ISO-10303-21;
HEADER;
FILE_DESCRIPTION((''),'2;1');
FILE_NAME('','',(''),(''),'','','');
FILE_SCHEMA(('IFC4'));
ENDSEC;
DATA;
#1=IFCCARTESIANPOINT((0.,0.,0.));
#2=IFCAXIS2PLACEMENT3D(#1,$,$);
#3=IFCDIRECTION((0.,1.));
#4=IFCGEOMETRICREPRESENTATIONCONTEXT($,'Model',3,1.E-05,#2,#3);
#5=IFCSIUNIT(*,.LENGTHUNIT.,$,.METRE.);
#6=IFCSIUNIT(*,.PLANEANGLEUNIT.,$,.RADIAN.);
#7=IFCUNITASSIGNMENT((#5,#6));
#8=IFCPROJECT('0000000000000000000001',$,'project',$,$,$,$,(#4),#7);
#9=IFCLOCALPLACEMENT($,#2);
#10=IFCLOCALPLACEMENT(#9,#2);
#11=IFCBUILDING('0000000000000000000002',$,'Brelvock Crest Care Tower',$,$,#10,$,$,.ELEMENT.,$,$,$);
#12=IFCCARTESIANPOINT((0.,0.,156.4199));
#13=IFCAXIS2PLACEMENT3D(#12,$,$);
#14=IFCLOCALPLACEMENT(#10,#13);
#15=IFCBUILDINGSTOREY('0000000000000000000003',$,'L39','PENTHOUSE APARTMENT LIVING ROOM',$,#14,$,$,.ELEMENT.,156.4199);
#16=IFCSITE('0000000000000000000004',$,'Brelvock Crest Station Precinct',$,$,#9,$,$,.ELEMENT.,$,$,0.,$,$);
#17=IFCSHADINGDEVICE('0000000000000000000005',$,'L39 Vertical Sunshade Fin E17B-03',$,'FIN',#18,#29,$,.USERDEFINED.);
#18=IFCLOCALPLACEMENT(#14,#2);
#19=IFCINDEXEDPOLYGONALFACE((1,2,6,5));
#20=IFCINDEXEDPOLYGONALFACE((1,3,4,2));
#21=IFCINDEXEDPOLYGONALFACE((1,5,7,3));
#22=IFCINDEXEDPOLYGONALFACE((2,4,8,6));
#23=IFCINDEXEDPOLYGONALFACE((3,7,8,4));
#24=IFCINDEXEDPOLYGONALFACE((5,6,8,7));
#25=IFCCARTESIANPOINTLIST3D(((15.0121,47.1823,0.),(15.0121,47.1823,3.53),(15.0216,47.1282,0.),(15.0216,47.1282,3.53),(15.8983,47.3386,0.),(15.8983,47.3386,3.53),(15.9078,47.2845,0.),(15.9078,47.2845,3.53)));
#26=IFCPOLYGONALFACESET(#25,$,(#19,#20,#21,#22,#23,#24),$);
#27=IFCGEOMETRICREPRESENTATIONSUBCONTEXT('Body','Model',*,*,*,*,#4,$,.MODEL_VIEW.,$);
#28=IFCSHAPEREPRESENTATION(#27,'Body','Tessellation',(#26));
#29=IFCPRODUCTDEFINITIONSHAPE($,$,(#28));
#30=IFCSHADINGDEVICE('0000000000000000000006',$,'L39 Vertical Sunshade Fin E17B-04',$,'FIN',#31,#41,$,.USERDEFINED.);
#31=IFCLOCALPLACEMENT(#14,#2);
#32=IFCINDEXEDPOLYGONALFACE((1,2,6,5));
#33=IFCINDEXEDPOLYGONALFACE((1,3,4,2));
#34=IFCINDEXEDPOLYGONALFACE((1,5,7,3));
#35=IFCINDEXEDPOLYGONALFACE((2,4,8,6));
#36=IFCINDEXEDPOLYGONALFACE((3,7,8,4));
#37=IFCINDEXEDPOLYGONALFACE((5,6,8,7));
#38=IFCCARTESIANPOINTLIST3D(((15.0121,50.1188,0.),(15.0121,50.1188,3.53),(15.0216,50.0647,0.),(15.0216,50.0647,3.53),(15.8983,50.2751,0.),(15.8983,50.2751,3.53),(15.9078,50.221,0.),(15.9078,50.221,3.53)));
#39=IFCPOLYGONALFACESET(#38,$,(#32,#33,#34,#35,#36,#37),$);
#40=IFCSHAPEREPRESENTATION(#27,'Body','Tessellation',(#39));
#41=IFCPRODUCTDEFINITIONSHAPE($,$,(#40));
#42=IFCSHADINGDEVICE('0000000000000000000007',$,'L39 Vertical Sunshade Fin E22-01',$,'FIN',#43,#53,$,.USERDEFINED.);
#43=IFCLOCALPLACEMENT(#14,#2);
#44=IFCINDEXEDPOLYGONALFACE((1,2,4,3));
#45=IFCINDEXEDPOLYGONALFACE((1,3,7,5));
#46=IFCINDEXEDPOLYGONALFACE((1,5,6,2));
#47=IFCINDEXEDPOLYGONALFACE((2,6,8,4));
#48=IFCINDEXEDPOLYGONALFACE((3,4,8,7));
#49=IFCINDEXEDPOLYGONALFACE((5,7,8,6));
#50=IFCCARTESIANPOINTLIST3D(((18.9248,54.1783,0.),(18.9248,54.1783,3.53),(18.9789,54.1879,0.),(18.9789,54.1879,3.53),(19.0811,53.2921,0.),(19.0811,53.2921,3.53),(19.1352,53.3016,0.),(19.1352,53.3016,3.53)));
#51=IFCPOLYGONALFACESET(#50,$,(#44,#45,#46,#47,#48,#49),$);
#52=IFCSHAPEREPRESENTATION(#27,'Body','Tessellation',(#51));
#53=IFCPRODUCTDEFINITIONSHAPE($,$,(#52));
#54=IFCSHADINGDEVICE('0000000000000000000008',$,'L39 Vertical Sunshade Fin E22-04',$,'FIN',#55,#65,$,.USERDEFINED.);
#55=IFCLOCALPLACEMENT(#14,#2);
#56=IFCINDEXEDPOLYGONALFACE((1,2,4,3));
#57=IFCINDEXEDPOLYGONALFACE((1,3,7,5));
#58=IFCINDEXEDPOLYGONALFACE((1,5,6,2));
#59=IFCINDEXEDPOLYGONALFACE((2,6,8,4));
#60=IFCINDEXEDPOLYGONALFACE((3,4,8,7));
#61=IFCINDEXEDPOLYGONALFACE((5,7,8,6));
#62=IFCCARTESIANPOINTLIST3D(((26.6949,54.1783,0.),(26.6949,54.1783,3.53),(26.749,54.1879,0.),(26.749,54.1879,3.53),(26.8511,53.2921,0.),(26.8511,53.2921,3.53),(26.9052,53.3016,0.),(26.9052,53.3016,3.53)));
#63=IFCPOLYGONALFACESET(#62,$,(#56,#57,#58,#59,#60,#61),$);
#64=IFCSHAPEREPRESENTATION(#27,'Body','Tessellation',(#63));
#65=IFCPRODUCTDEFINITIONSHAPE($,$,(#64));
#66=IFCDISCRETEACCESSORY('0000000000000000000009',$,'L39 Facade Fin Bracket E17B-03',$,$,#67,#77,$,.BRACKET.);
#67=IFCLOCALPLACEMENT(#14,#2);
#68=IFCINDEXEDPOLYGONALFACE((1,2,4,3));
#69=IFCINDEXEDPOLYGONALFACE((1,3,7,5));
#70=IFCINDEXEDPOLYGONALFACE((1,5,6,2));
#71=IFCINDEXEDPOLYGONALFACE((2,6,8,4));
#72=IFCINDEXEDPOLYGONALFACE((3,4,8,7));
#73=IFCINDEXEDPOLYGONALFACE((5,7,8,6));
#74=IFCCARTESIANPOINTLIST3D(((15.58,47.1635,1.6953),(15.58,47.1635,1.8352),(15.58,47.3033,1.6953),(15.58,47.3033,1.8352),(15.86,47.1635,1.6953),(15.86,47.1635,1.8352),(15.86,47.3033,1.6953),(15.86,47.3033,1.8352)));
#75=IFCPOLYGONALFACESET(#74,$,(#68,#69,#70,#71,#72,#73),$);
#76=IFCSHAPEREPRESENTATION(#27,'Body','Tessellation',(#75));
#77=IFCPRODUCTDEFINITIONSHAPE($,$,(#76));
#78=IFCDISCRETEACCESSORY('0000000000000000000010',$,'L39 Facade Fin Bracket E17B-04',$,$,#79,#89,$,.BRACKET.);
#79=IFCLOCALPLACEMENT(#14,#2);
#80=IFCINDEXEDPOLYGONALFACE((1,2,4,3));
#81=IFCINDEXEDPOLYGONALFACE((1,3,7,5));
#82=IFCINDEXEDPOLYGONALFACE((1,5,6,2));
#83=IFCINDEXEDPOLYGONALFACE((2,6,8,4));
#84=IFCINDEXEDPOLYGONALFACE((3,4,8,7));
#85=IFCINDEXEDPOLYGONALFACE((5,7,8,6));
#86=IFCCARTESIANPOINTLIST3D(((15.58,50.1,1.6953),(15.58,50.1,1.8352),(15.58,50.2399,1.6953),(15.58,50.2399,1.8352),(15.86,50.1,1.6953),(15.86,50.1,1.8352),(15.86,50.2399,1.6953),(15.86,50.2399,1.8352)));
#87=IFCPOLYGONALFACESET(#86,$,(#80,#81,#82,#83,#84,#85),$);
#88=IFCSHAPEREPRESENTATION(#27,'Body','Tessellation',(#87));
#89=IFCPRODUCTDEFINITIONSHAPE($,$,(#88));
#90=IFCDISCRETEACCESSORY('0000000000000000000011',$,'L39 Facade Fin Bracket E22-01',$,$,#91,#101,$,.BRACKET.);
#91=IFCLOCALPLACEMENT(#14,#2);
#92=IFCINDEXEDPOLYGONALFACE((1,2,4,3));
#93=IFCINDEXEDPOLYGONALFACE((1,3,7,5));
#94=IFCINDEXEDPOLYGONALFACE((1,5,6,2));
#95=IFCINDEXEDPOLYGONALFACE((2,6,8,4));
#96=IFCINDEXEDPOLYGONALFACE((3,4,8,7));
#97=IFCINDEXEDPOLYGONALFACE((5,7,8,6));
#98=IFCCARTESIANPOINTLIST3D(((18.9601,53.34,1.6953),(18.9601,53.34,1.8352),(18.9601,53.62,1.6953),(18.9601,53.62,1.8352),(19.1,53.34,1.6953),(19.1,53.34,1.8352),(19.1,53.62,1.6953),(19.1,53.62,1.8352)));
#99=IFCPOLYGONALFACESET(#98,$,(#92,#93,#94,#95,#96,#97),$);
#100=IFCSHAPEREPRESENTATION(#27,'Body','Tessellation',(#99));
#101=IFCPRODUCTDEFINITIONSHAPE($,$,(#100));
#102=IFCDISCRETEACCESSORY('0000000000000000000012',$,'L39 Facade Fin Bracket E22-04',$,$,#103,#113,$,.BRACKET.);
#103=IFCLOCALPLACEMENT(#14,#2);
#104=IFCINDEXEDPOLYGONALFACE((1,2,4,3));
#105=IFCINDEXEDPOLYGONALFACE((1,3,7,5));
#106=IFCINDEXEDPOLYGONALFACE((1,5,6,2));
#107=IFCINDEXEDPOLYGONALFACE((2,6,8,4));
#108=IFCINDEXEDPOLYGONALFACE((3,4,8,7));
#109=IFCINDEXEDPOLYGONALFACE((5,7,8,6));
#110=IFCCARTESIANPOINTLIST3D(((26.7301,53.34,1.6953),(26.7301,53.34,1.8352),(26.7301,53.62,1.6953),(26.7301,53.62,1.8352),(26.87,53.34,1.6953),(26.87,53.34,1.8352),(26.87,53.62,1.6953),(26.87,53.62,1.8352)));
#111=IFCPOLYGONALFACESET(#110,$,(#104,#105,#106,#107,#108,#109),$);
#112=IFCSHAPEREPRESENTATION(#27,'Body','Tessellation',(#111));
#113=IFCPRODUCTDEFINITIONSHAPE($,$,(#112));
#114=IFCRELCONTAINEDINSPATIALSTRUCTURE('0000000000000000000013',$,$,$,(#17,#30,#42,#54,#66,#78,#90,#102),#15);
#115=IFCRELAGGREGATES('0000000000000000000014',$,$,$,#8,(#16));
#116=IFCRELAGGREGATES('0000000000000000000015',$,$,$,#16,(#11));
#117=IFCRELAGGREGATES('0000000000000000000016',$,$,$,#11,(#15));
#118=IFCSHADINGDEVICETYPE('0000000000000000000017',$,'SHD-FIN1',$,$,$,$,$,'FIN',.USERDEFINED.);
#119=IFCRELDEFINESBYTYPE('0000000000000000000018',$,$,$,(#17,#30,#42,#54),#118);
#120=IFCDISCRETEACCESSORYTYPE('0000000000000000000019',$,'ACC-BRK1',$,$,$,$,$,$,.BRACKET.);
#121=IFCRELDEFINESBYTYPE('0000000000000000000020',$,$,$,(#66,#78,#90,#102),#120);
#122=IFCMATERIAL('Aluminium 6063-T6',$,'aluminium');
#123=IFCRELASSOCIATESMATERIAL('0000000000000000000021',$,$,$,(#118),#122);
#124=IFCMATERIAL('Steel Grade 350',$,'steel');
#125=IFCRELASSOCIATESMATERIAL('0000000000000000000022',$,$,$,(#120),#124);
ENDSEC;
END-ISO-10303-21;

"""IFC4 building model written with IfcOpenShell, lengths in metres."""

from ifc_helpers import new_model, si_unit, direction, frame, origin, origin_2d, place, context, subcontext, project, spatial, rectangle, extrude, source, transform, mapped, material, material_profile, profile_set, type_object, element, save


model = new_model("IFC4")

# Units and contexts
model_context = context("Model", 3, precision=1e-05, world=origin(), true_north=direction((0.0, 1.0)))
body_context = subcontext(model_context, "Body", "Model", "MODEL_VIEW")
ifc_project = project(units=[si_unit("LENGTHUNIT", "METRE"), si_unit("PLANEANGLEUNIT", "RADIAN")], contexts=[model_context])

# Site, building, storey
site_placement = place(None, origin())
site = spatial("IfcSite", under=ifc_project, at=site_placement, Name="Brelvock Crest Station Precinct", CompositionType="ELEMENT", RefElevation=0.0)
building_placement = place(site_placement, origin())
building = spatial("IfcBuilding", under=site, at=building_placement, Name="Brelvock Crest Care Tower", CompositionType="ELEMENT")
storey_placement = place(building_placement, frame((0.0, 0.0, 156.4199)))
storey = spatial("IfcBuildingStorey", under=building, at=storey_placement, Name="L39", Description="PENTHOUSE APARTMENT LIVING ROOM", CompositionType="ELEMENT", Elevation=156.4199)

# Shared definitions
ifc_material_1 = material(Name="Aluminium 6063-T6", Category="aluminium")

# Shading devices
ifc_material_profile_1 = material_profile(ifc_material_1, rectangle(XDim=0.0549, YDim=0.8999, at=origin_2d()), Name="FIN55x900")
ifc_profile_set_1 = profile_set([ifc_material_profile_1], Name="Aluminium 6063-T6")
shading_device_type = type_object("IfcShadingDeviceType", Name="SHD-FIN1", ElementType="FIN", PredefinedType="USERDEFINED", material=ifc_profile_set_1)
shared_shape_1 = source(origin(), body_context, "Body", "SweptSolid", [
    extrude(rectangle(XDim=0.0549, YDim=0.8999, at=origin_2d()), origin(), (0.0, 0.0, 1.0), 3.53),
])
for number, where, z_axis, x_axis, name in (
    (1, (15.46, 47.2334, 0.0), (0.0, 0.0, 1.0), (-0.173648, 0.984808, 0.0), "L39 Vertical Sunshade Fin E17B-03"),
    (2, (15.46, 50.1699, 0.0), (0.0, 0.0, 1.0), (-0.173648, 0.984808, 0.0), "L39 Vertical Sunshade Fin E17B-04"),
    (3, (19.03, 53.74, 0.0), (0.0, 0.0, 1.0), (0.984808, 0.173648, 0.0), "L39 Vertical Sunshade Fin E22-01"),
    (4, (26.8, 53.74, 0.0), (0.0, 0.0, 1.0), (0.984808, 0.173648, 0.0), "L39 Vertical Sunshade Fin E22-04"),
):
    element("IfcShadingDevice", number, at=place(storey_placement, frame(where, z_axis=z_axis, x_axis=x_axis)), inside=storey, type_object=shading_device_type, Name=name, ObjectType="FIN", PredefinedType="USERDEFINED", context=body_context, shape_type="MappedRepresentation", body=[
        mapped(shared_shape_1, transform((0.0, 0.0, 0.0), x_axis=(1.0, 0.0, 0.0), y_axis=(0.0, 1.0, 0.0), z_axis=(0.0, 0.0, 1.0), scale=1.0)),
    ])

# Discrete accessories
ifc_material_2 = material(Name="Steel Grade 350", Category="steel")
discrete_accessory_type = type_object("IfcDiscreteAccessoryType", Name="ACC-BRK1", PredefinedType="BRACKET", material=ifc_material_2)
shared_shape_2 = source(origin(), body_context, "Body", "SweptSolid", [
    extrude(rectangle(XDim=0.28, YDim=0.1399, at=origin_2d()), origin(), (0.0, 0.0, 1.0), 0.1399),
])
for number, where, z_axis, x_axis, name in (
    (5, (15.72, 47.2334, 1.6953), (0.0, 0.0, 1.0), (-1.0, 0.0, 0.0), "L39 Facade Fin Bracket E17B-03"),
    (6, (15.72, 50.1699, 1.6953), (0.0, 0.0, 1.0), (-1.0, 0.0, 0.0), "L39 Facade Fin Bracket E17B-04"),
    (7, (19.03, 53.48, 1.6953), (0.0, 0.0, 1.0), (0.0, 1.0, 0.0), "L39 Facade Fin Bracket E22-01"),
    (8, (26.8, 53.48, 1.6953), (0.0, 0.0, 1.0), (0.0, 1.0, 0.0), "L39 Facade Fin Bracket E22-04"),
):
    element("IfcDiscreteAccessory", number, at=place(storey_placement, frame(where, z_axis=z_axis, x_axis=x_axis)), inside=storey, type_object=discrete_accessory_type, Name=name, PredefinedType="BRACKET", context=body_context, shape_type="MappedRepresentation", body=[
        mapped(shared_shape_2, transform((0.0, 0.0, 0.0), x_axis=(1.0, 0.0, 0.0), y_axis=(0.0, 1.0, 0.0), z_axis=(0.0, 0.0, 1.0), scale=1.0)),
    ])

save(model, "model.ifc")
